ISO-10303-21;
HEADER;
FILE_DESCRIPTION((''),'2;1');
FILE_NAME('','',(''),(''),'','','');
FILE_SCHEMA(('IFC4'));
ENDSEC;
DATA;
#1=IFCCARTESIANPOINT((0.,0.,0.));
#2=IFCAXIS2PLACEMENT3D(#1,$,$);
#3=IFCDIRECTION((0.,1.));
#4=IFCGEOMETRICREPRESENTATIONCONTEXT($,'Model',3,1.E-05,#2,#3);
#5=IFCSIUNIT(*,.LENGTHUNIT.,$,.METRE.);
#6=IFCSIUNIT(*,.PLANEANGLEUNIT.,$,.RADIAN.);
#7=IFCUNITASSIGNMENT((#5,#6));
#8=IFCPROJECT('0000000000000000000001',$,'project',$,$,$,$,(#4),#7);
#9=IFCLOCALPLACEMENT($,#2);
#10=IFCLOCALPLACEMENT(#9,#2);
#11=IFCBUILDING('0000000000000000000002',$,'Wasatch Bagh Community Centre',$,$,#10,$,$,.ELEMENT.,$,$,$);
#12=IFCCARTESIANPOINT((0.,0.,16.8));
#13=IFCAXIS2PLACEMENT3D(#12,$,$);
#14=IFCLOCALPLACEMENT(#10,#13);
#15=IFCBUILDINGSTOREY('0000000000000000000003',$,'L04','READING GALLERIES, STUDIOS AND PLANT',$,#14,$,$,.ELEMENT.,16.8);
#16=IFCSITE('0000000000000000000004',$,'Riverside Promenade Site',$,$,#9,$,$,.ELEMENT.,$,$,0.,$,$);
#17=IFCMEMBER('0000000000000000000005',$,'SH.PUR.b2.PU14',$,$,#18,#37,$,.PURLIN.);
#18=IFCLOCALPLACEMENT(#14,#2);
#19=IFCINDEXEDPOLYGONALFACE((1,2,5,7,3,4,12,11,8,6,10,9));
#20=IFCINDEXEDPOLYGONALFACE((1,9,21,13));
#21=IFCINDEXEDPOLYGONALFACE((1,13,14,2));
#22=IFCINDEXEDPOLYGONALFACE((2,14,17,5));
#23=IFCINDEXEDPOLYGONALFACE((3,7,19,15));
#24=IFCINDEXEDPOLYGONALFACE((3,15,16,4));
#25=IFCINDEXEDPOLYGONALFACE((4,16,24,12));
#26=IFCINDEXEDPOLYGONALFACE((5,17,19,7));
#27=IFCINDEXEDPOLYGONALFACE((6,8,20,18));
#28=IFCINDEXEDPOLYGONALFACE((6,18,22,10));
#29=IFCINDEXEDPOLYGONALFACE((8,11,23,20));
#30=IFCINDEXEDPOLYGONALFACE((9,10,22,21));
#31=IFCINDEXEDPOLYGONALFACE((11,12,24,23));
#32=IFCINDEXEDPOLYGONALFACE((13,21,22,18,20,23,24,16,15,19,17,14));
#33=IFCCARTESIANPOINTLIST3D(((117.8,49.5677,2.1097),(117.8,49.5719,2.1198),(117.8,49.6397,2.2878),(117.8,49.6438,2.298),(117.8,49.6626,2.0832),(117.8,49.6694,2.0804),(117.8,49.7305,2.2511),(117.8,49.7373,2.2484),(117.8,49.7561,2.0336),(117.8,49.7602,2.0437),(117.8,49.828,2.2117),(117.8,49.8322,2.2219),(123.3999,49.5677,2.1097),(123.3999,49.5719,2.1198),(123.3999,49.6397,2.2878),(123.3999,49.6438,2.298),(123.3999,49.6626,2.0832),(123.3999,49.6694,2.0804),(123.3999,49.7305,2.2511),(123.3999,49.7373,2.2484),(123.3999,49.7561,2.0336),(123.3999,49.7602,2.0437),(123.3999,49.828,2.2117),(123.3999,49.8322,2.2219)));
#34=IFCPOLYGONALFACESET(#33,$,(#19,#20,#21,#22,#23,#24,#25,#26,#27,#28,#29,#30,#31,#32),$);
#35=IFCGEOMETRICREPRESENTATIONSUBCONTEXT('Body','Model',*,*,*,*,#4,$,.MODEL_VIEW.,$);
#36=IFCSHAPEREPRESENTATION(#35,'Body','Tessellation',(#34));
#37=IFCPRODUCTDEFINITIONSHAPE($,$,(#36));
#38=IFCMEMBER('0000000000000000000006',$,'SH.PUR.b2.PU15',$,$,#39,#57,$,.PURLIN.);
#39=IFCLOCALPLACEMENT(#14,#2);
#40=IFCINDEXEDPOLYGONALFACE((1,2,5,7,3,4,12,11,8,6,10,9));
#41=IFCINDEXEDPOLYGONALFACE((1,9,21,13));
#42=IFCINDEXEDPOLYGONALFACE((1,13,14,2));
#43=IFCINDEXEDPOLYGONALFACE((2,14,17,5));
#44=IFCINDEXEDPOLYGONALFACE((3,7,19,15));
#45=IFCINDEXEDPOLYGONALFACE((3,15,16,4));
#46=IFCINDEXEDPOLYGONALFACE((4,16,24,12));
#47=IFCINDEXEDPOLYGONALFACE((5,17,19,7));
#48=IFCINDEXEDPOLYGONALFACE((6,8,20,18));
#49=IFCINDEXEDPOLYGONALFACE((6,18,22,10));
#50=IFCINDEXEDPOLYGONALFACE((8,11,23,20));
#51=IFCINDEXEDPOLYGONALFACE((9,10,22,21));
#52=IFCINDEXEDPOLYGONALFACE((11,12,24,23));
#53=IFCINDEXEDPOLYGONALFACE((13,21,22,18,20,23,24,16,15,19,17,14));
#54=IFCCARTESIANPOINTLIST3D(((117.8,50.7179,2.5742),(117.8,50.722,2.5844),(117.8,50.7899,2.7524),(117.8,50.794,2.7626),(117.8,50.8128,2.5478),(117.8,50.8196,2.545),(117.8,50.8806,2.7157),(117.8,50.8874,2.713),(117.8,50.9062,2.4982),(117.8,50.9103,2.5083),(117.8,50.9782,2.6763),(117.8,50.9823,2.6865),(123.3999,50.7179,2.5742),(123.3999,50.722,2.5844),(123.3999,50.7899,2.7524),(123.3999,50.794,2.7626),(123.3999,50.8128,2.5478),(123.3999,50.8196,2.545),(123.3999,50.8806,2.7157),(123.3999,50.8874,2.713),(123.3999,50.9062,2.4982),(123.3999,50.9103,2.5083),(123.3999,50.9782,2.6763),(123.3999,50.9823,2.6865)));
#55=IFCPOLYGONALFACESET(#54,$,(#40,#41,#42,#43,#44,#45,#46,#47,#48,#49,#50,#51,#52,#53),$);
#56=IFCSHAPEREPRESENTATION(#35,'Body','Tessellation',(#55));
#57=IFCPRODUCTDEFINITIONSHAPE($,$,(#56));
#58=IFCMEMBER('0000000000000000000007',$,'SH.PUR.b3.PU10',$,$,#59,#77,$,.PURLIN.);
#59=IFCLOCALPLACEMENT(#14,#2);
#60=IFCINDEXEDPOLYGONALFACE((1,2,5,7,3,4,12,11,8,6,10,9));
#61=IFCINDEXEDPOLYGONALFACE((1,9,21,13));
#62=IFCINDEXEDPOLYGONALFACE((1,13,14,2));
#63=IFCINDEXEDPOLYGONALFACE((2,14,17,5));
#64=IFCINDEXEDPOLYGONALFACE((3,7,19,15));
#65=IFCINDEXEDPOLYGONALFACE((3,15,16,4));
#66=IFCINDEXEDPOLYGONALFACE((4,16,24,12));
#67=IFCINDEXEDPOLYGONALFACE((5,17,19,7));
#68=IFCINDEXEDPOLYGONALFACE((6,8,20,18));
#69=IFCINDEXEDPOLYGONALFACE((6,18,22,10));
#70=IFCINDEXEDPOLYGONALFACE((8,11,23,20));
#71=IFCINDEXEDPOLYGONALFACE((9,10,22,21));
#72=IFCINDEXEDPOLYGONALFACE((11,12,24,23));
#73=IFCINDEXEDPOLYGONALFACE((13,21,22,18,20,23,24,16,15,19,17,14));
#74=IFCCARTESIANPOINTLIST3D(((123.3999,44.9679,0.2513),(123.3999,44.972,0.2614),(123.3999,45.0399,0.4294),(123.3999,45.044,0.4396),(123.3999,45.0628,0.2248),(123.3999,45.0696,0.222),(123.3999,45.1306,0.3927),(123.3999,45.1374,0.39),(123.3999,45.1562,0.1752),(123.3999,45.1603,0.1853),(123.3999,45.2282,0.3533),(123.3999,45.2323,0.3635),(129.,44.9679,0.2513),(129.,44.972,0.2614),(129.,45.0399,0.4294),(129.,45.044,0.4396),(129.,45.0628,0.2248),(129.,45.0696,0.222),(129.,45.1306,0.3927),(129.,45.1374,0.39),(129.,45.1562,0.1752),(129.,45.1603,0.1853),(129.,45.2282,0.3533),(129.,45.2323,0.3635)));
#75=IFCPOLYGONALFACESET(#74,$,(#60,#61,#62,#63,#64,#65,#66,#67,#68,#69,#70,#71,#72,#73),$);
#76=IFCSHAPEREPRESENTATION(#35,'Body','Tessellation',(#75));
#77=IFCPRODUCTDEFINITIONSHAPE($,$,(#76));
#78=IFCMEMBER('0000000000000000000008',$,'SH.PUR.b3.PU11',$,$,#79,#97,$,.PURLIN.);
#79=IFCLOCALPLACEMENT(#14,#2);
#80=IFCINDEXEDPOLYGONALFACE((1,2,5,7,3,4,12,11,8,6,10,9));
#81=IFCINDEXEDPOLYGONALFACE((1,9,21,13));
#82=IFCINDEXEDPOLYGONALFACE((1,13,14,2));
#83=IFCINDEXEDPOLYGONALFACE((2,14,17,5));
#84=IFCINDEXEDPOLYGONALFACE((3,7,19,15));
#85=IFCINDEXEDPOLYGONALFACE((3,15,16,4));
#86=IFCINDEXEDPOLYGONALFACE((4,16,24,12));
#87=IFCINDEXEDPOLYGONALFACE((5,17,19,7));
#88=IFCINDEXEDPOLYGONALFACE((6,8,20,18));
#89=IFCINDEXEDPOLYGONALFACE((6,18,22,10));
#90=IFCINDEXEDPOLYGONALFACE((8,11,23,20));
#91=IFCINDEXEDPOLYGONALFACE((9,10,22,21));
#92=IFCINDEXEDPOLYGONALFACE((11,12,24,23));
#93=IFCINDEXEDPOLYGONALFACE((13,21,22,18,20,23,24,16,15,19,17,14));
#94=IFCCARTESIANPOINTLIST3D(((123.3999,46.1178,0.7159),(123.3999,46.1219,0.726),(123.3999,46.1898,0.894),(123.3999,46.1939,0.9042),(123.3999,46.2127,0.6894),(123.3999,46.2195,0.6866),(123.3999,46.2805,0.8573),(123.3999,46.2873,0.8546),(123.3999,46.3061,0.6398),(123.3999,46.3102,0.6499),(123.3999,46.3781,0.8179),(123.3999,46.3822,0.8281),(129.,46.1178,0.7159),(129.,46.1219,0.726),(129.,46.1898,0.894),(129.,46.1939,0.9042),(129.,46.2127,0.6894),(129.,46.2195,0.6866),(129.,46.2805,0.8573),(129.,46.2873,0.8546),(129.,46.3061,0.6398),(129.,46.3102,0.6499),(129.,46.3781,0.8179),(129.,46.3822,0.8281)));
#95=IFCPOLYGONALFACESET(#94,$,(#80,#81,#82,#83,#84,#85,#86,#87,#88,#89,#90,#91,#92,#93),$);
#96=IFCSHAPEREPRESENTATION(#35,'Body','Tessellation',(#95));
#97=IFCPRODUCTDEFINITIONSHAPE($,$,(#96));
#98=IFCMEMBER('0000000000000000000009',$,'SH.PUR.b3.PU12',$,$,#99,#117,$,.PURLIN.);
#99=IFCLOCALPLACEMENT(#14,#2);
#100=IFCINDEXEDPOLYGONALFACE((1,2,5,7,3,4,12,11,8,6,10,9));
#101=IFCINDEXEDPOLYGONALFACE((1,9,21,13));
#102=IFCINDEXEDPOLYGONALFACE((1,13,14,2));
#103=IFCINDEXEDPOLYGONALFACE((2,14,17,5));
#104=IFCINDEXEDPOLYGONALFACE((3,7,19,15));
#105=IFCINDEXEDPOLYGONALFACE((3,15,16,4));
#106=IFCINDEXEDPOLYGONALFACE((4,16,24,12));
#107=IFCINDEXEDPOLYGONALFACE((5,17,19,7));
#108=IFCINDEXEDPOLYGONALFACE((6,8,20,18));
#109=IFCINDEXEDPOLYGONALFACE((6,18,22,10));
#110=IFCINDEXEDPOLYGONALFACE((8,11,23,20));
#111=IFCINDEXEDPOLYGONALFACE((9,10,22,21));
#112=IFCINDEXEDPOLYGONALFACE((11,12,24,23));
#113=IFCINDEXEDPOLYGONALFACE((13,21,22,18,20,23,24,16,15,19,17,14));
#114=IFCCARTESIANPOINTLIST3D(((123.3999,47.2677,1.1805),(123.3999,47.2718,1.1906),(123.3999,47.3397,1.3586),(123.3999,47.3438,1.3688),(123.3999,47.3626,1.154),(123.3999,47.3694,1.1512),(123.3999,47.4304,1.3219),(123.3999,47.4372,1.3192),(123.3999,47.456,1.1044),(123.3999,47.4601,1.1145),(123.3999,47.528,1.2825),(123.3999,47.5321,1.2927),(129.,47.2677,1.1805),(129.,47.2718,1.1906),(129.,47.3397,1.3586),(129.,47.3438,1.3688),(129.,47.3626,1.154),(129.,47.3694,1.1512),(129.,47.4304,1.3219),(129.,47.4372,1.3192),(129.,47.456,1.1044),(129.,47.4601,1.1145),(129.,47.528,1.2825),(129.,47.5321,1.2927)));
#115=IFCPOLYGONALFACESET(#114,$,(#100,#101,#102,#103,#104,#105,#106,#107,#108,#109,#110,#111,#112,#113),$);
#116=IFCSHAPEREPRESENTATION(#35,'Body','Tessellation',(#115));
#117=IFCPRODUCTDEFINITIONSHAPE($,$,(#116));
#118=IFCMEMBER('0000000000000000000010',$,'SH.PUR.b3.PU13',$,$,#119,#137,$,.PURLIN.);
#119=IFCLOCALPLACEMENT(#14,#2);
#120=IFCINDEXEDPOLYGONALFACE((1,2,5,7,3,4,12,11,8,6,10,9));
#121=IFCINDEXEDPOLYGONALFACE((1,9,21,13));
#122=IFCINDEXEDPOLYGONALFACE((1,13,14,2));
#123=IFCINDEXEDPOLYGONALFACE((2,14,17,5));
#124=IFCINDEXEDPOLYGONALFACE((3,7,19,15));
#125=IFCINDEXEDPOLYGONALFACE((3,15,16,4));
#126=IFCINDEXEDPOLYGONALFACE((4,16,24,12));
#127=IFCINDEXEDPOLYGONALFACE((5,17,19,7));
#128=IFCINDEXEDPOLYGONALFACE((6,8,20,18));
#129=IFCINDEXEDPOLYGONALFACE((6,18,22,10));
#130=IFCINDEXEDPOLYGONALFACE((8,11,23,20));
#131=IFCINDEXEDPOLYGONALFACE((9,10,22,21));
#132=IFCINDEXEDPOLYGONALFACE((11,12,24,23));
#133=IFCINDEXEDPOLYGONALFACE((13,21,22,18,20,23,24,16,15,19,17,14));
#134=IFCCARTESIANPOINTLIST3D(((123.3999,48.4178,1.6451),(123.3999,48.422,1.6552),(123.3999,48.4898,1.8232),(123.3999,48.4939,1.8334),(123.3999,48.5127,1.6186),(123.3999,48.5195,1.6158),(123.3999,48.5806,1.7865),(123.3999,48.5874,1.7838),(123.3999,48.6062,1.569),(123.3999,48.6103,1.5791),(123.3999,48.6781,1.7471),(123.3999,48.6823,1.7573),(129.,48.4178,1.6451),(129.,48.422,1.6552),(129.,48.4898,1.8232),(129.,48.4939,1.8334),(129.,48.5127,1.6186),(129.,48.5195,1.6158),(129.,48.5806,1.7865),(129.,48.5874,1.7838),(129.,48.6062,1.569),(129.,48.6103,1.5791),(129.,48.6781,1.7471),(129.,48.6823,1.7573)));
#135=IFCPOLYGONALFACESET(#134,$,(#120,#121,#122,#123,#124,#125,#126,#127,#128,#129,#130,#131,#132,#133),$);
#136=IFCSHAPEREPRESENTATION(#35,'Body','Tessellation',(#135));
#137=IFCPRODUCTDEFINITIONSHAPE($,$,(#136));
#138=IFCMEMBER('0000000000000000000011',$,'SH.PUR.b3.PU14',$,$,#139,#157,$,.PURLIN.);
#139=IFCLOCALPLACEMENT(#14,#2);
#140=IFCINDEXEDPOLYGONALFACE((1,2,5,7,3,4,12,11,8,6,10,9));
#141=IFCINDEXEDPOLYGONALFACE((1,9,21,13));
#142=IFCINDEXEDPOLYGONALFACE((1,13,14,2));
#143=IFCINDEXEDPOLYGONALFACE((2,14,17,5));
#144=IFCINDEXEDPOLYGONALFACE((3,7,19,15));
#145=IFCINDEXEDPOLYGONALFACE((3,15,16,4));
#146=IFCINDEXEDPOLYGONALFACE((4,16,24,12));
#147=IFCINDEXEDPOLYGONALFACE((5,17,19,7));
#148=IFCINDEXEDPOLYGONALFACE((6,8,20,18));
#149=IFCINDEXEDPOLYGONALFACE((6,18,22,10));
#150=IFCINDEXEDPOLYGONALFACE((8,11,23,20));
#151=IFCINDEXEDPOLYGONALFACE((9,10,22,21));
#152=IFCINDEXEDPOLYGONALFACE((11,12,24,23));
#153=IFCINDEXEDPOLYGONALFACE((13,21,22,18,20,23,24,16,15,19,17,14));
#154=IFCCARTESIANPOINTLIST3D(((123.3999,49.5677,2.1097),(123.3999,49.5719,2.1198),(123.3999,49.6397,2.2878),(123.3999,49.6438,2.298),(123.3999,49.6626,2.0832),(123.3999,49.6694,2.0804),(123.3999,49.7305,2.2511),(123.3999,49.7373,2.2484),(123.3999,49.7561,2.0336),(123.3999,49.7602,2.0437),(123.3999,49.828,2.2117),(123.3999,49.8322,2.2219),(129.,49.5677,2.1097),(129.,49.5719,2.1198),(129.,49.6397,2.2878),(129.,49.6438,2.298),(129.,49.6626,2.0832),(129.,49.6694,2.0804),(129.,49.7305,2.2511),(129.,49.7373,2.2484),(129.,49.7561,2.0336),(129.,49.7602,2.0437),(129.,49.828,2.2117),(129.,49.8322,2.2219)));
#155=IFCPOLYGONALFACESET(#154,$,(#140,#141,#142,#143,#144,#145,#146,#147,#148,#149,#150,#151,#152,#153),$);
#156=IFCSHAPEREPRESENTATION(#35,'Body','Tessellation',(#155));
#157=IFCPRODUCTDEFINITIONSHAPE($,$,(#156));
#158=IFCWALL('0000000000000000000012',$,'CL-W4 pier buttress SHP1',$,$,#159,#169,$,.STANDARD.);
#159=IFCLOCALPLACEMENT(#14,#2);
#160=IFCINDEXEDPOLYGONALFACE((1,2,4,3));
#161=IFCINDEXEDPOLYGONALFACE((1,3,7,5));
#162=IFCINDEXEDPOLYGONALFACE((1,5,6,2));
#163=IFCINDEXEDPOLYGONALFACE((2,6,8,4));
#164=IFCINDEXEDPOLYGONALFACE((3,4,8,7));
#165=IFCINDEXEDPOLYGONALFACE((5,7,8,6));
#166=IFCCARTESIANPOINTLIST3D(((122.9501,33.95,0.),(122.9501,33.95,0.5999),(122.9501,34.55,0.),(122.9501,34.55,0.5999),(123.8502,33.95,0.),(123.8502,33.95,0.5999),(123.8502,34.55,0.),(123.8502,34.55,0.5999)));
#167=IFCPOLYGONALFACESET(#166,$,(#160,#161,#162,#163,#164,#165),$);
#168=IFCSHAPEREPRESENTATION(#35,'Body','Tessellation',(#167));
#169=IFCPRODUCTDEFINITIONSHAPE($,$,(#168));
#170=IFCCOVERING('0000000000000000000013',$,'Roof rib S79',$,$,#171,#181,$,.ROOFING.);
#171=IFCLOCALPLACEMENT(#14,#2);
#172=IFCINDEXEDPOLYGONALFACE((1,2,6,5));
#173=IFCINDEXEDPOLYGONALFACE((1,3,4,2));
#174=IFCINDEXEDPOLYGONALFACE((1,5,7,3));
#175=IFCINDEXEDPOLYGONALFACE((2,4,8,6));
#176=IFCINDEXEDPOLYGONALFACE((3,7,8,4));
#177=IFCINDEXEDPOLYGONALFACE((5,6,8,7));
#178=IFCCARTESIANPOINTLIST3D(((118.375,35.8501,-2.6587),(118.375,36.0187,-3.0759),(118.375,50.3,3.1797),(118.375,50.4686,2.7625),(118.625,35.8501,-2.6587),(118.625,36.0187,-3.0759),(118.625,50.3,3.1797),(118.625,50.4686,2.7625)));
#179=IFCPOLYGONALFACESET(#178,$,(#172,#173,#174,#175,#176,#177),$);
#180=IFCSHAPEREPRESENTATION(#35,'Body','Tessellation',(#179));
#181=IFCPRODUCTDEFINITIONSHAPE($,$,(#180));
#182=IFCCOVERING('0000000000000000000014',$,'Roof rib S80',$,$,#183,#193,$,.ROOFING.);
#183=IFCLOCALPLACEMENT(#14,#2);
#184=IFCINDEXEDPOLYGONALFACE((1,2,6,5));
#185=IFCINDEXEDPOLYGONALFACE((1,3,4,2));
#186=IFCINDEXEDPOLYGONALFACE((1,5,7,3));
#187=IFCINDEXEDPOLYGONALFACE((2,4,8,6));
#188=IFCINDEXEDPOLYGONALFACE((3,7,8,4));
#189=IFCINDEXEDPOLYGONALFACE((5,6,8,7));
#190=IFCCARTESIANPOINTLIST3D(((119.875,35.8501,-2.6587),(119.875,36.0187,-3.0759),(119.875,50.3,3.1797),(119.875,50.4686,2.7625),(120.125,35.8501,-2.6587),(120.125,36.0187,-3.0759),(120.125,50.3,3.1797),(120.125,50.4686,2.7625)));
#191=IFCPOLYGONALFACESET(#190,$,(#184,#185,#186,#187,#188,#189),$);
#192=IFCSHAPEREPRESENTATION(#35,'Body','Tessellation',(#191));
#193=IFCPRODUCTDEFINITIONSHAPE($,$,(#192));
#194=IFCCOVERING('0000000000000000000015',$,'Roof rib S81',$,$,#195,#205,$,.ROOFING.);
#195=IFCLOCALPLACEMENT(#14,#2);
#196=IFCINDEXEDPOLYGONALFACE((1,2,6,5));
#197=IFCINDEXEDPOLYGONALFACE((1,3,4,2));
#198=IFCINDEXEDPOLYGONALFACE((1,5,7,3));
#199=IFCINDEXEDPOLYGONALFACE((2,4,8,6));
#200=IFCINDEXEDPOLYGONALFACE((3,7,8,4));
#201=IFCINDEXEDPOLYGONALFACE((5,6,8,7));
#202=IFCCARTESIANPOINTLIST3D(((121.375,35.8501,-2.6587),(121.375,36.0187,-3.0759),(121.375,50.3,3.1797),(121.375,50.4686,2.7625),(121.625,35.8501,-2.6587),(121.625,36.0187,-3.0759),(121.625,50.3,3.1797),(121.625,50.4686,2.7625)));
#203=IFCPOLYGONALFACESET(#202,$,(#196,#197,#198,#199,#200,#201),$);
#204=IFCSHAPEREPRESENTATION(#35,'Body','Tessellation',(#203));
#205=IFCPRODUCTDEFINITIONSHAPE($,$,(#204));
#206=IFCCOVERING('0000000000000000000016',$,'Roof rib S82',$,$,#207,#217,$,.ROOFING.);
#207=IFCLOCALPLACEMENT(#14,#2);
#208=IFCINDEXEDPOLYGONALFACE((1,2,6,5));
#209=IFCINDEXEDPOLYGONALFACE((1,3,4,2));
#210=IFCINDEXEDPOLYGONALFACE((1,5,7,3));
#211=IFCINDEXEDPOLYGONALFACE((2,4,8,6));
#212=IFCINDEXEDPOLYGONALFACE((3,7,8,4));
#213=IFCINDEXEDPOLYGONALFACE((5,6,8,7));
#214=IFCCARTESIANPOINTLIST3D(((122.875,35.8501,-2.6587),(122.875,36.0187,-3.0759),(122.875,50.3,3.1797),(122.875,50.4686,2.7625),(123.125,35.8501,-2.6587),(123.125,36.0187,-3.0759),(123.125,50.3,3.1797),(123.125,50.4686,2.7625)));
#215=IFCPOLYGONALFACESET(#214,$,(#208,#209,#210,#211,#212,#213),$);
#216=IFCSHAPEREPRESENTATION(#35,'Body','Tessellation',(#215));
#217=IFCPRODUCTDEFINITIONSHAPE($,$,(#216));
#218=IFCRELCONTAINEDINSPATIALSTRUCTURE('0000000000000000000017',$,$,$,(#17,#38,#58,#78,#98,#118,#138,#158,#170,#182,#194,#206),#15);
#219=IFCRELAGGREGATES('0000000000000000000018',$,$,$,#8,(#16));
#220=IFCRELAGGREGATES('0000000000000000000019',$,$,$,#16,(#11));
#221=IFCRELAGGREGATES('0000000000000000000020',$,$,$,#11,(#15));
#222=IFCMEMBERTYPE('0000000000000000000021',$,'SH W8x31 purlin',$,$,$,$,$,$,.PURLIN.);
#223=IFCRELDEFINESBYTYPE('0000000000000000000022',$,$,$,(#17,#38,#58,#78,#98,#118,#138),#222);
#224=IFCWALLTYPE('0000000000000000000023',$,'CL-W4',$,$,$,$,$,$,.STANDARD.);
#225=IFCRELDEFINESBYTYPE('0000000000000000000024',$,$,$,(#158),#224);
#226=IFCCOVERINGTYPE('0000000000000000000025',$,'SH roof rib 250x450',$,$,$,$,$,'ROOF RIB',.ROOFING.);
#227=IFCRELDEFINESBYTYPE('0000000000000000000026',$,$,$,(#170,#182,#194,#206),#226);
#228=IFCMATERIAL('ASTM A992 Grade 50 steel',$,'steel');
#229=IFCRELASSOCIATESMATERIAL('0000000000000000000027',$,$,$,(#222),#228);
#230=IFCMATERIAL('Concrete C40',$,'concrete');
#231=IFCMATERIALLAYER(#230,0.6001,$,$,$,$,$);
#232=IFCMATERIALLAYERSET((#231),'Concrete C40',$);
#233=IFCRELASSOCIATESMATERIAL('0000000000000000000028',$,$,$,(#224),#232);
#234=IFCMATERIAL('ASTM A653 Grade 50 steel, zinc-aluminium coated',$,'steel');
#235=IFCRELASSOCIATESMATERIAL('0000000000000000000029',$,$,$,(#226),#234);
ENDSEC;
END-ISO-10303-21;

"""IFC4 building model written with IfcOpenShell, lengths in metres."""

from ifc_helpers import new_model, si_unit, direction, frame, frame_2d, origin, origin_2d, place, context, subcontext, project, spatial, polyline, rectangle, i_section, outline, extrude, material, layer, layer_set, material_profile, profile_set, type_object, element, save


model = new_model("IFC4")

# Units and contexts
model_context = context("Model", 3, precision=1e-05, world=origin(), true_north=direction((0.0, 1.0)))
body_context = subcontext(model_context, "Body", "Model", "MODEL_VIEW")
ifc_project = project(units=[si_unit("LENGTHUNIT", "METRE"), si_unit("PLANEANGLEUNIT", "RADIAN")], contexts=[model_context])

# Site, building, storey
site_placement = place(None, origin())
site = spatial("IfcSite", under=ifc_project, at=site_placement, Name="Riverside Promenade Site", CompositionType="ELEMENT", RefElevation=0.0)
building_placement = place(site_placement, origin())
building = spatial("IfcBuilding", under=site, at=building_placement, Name="Wasatch Bagh Community Centre", CompositionType="ELEMENT")
storey_placement = place(building_placement, frame((0.0, 0.0, 16.8)))
storey = spatial("IfcBuildingStorey", under=building, at=storey_placement, Name="L04", Description="READING GALLERIES, STUDIOS AND PLANT", CompositionType="ELEMENT", Elevation=16.8)

# Shared definitions
ifc_material_1 = material(Name="Concrete C40", Category="concrete")

# Members
ifc_material_2 = material(Name="ASTM A992 Grade 50 steel", Category="steel")
ifc_material_profile_1 = material_profile(ifc_material_2, i_section(OverallWidth=0.2031, OverallDepth=0.2031, WebThickness=0.0073, FlangeThickness=0.011, at=origin_2d()), Name="W8x31")
ifc_profile_set_1 = profile_set([ifc_material_profile_1], Name="ASTM A992 Grade 50 steel")
member_type_1 = type_object("IfcMemberType", Name="SH W8x31 purlin", PredefinedType="PURLIN", material=ifc_profile_set_1)
for number, where, z_axis, x_axis, name in (
    (1, (117.8, 49.7, 2.1658), (1.0, 0.0, 0.0), (0.0, 0.927184, -0.374607), "SH.PUR.b2.PU14"),
    (2, (117.8, 50.8501, 2.6304), (1.0, 0.0, 0.0), (0.0, 0.927184, -0.374607), "SH.PUR.b2.PU15"),
):
    element("IfcMember", number, at=place(storey_placement, frame(where, z_axis=z_axis, x_axis=x_axis)), inside=storey, type_object=member_type_1, Name=name, PredefinedType="PURLIN", context=body_context, shape_type="SweptSolid", body=[
        extrude(i_section(OverallWidth=0.2031, OverallDepth=0.2031, WebThickness=0.0073, FlangeThickness=0.011, at=origin_2d()), origin(), (0.0, 0.0, 1.0), 5.5999),
    ])
for number, where, z_axis, x_axis, name in (
    (3, (123.3999, 45.1001, 0.3074), (1.0, 0.0, 0.0), (0.0, 0.927184, -0.374607), "SH.PUR.b3.PU10"),
    (4, (123.3999, 46.25, 0.772), (1.0, 0.0, 0.0), (0.0, 0.927184, -0.374607), "SH.PUR.b3.PU11"),
    (5, (123.3999, 47.3999, 1.2366), (1.0, 0.0, 0.0), (0.0, 0.927184, -0.374607), "SH.PUR.b3.PU12"),
    (6, (123.3999, 48.55, 1.7012), (1.0, 0.0, 0.0), (0.0, 0.927184, -0.374607), "SH.PUR.b3.PU13"),
    (7, (123.3999, 49.7, 2.1658), (1.0, 0.0, 0.0), (0.0, 0.927184, -0.374607), "SH.PUR.b3.PU14"),
):
    element("IfcMember", number, at=place(storey_placement, frame(where, z_axis=z_axis, x_axis=x_axis)), inside=storey, type_object=member_type_1, Name=name, PredefinedType="PURLIN", context=body_context, shape_type="SweptSolid", body=[
        extrude(i_section(OverallWidth=0.2031, OverallDepth=0.2031, WebThickness=0.0073, FlangeThickness=0.011, at=origin_2d()), origin(), (0.0, 0.0, 1.0), 5.6001),
    ])

# Wall
ifc_layer = layer(ifc_material_1, 0.6001)
ifc_layer_set = layer_set([ifc_layer], Name="Concrete C40")
wall_type = type_object("IfcWallType", Name="CL-W4", PredefinedType="STANDARD", material=ifc_layer_set)
wall_placement = place(storey_placement, frame((122.95, 34.25, 0.0), z_axis=(0.0, 0.0, 1.0), x_axis=(1.0, 0.0, 0.0)))
element("IfcWall", 8, at=wall_placement, inside=storey, type_object=wall_type, Name="CL-W4 pier buttress SHP1", PredefinedType="STANDARD", context=body_context, shape_type="SweptSolid", body=[
    extrude(rectangle(XDim=0.9001, YDim=0.6001, at=frame_2d((0.4502, 0.0))), origin(), (0.0, 0.0, 1.0), 0.5999),
])

# Coverings
ifc_material_3 = material(Name="ASTM A653 Grade 50 steel, zinc-aluminium coated", Category="steel")
covering_type = type_object("IfcCoveringType", Name="SH roof rib 250x450", ElementType="ROOF RIB", PredefinedType="ROOFING", material=ifc_material_3)
for number, where, z_axis, x_axis, name in (
    (9, (118.375, 35.8501, -2.6587), (0.0, -0.374619, 0.927179), (0.0, 0.927179, 0.374619), "Roof rib S79"),
    (10, (119.875, 35.8501, -2.6587), (0.0, -0.374619, 0.927179), (0.0, 0.927179, 0.374619), "Roof rib S80"),
    (11, (121.375, 35.8501, -2.6587), (0.0, -0.374619, 0.927179), (0.0, 0.927179, 0.374619), "Roof rib S81"),
    (12, (122.875, 35.8501, -2.6587), (0.0, -0.374619, 0.927179), (0.0, 0.927179, 0.374619), "Roof rib S82"),
):
    element("IfcCovering", number, at=place(storey_placement, frame(where, z_axis=z_axis, x_axis=x_axis)), inside=storey, type_object=covering_type, Name=name, PredefinedType="ROOFING", context=body_context, shape_type="SweptSolid", body=[
        extrude(outline(polyline([(0.0, 0.0), (15.5849, 0.0), (15.5849, -0.25), (0.0, -0.25), (0.0, 0.0)])), origin(), (0.0, 0.0, -1.0), 0.45),
    ])

save(model, "model.ifc")
